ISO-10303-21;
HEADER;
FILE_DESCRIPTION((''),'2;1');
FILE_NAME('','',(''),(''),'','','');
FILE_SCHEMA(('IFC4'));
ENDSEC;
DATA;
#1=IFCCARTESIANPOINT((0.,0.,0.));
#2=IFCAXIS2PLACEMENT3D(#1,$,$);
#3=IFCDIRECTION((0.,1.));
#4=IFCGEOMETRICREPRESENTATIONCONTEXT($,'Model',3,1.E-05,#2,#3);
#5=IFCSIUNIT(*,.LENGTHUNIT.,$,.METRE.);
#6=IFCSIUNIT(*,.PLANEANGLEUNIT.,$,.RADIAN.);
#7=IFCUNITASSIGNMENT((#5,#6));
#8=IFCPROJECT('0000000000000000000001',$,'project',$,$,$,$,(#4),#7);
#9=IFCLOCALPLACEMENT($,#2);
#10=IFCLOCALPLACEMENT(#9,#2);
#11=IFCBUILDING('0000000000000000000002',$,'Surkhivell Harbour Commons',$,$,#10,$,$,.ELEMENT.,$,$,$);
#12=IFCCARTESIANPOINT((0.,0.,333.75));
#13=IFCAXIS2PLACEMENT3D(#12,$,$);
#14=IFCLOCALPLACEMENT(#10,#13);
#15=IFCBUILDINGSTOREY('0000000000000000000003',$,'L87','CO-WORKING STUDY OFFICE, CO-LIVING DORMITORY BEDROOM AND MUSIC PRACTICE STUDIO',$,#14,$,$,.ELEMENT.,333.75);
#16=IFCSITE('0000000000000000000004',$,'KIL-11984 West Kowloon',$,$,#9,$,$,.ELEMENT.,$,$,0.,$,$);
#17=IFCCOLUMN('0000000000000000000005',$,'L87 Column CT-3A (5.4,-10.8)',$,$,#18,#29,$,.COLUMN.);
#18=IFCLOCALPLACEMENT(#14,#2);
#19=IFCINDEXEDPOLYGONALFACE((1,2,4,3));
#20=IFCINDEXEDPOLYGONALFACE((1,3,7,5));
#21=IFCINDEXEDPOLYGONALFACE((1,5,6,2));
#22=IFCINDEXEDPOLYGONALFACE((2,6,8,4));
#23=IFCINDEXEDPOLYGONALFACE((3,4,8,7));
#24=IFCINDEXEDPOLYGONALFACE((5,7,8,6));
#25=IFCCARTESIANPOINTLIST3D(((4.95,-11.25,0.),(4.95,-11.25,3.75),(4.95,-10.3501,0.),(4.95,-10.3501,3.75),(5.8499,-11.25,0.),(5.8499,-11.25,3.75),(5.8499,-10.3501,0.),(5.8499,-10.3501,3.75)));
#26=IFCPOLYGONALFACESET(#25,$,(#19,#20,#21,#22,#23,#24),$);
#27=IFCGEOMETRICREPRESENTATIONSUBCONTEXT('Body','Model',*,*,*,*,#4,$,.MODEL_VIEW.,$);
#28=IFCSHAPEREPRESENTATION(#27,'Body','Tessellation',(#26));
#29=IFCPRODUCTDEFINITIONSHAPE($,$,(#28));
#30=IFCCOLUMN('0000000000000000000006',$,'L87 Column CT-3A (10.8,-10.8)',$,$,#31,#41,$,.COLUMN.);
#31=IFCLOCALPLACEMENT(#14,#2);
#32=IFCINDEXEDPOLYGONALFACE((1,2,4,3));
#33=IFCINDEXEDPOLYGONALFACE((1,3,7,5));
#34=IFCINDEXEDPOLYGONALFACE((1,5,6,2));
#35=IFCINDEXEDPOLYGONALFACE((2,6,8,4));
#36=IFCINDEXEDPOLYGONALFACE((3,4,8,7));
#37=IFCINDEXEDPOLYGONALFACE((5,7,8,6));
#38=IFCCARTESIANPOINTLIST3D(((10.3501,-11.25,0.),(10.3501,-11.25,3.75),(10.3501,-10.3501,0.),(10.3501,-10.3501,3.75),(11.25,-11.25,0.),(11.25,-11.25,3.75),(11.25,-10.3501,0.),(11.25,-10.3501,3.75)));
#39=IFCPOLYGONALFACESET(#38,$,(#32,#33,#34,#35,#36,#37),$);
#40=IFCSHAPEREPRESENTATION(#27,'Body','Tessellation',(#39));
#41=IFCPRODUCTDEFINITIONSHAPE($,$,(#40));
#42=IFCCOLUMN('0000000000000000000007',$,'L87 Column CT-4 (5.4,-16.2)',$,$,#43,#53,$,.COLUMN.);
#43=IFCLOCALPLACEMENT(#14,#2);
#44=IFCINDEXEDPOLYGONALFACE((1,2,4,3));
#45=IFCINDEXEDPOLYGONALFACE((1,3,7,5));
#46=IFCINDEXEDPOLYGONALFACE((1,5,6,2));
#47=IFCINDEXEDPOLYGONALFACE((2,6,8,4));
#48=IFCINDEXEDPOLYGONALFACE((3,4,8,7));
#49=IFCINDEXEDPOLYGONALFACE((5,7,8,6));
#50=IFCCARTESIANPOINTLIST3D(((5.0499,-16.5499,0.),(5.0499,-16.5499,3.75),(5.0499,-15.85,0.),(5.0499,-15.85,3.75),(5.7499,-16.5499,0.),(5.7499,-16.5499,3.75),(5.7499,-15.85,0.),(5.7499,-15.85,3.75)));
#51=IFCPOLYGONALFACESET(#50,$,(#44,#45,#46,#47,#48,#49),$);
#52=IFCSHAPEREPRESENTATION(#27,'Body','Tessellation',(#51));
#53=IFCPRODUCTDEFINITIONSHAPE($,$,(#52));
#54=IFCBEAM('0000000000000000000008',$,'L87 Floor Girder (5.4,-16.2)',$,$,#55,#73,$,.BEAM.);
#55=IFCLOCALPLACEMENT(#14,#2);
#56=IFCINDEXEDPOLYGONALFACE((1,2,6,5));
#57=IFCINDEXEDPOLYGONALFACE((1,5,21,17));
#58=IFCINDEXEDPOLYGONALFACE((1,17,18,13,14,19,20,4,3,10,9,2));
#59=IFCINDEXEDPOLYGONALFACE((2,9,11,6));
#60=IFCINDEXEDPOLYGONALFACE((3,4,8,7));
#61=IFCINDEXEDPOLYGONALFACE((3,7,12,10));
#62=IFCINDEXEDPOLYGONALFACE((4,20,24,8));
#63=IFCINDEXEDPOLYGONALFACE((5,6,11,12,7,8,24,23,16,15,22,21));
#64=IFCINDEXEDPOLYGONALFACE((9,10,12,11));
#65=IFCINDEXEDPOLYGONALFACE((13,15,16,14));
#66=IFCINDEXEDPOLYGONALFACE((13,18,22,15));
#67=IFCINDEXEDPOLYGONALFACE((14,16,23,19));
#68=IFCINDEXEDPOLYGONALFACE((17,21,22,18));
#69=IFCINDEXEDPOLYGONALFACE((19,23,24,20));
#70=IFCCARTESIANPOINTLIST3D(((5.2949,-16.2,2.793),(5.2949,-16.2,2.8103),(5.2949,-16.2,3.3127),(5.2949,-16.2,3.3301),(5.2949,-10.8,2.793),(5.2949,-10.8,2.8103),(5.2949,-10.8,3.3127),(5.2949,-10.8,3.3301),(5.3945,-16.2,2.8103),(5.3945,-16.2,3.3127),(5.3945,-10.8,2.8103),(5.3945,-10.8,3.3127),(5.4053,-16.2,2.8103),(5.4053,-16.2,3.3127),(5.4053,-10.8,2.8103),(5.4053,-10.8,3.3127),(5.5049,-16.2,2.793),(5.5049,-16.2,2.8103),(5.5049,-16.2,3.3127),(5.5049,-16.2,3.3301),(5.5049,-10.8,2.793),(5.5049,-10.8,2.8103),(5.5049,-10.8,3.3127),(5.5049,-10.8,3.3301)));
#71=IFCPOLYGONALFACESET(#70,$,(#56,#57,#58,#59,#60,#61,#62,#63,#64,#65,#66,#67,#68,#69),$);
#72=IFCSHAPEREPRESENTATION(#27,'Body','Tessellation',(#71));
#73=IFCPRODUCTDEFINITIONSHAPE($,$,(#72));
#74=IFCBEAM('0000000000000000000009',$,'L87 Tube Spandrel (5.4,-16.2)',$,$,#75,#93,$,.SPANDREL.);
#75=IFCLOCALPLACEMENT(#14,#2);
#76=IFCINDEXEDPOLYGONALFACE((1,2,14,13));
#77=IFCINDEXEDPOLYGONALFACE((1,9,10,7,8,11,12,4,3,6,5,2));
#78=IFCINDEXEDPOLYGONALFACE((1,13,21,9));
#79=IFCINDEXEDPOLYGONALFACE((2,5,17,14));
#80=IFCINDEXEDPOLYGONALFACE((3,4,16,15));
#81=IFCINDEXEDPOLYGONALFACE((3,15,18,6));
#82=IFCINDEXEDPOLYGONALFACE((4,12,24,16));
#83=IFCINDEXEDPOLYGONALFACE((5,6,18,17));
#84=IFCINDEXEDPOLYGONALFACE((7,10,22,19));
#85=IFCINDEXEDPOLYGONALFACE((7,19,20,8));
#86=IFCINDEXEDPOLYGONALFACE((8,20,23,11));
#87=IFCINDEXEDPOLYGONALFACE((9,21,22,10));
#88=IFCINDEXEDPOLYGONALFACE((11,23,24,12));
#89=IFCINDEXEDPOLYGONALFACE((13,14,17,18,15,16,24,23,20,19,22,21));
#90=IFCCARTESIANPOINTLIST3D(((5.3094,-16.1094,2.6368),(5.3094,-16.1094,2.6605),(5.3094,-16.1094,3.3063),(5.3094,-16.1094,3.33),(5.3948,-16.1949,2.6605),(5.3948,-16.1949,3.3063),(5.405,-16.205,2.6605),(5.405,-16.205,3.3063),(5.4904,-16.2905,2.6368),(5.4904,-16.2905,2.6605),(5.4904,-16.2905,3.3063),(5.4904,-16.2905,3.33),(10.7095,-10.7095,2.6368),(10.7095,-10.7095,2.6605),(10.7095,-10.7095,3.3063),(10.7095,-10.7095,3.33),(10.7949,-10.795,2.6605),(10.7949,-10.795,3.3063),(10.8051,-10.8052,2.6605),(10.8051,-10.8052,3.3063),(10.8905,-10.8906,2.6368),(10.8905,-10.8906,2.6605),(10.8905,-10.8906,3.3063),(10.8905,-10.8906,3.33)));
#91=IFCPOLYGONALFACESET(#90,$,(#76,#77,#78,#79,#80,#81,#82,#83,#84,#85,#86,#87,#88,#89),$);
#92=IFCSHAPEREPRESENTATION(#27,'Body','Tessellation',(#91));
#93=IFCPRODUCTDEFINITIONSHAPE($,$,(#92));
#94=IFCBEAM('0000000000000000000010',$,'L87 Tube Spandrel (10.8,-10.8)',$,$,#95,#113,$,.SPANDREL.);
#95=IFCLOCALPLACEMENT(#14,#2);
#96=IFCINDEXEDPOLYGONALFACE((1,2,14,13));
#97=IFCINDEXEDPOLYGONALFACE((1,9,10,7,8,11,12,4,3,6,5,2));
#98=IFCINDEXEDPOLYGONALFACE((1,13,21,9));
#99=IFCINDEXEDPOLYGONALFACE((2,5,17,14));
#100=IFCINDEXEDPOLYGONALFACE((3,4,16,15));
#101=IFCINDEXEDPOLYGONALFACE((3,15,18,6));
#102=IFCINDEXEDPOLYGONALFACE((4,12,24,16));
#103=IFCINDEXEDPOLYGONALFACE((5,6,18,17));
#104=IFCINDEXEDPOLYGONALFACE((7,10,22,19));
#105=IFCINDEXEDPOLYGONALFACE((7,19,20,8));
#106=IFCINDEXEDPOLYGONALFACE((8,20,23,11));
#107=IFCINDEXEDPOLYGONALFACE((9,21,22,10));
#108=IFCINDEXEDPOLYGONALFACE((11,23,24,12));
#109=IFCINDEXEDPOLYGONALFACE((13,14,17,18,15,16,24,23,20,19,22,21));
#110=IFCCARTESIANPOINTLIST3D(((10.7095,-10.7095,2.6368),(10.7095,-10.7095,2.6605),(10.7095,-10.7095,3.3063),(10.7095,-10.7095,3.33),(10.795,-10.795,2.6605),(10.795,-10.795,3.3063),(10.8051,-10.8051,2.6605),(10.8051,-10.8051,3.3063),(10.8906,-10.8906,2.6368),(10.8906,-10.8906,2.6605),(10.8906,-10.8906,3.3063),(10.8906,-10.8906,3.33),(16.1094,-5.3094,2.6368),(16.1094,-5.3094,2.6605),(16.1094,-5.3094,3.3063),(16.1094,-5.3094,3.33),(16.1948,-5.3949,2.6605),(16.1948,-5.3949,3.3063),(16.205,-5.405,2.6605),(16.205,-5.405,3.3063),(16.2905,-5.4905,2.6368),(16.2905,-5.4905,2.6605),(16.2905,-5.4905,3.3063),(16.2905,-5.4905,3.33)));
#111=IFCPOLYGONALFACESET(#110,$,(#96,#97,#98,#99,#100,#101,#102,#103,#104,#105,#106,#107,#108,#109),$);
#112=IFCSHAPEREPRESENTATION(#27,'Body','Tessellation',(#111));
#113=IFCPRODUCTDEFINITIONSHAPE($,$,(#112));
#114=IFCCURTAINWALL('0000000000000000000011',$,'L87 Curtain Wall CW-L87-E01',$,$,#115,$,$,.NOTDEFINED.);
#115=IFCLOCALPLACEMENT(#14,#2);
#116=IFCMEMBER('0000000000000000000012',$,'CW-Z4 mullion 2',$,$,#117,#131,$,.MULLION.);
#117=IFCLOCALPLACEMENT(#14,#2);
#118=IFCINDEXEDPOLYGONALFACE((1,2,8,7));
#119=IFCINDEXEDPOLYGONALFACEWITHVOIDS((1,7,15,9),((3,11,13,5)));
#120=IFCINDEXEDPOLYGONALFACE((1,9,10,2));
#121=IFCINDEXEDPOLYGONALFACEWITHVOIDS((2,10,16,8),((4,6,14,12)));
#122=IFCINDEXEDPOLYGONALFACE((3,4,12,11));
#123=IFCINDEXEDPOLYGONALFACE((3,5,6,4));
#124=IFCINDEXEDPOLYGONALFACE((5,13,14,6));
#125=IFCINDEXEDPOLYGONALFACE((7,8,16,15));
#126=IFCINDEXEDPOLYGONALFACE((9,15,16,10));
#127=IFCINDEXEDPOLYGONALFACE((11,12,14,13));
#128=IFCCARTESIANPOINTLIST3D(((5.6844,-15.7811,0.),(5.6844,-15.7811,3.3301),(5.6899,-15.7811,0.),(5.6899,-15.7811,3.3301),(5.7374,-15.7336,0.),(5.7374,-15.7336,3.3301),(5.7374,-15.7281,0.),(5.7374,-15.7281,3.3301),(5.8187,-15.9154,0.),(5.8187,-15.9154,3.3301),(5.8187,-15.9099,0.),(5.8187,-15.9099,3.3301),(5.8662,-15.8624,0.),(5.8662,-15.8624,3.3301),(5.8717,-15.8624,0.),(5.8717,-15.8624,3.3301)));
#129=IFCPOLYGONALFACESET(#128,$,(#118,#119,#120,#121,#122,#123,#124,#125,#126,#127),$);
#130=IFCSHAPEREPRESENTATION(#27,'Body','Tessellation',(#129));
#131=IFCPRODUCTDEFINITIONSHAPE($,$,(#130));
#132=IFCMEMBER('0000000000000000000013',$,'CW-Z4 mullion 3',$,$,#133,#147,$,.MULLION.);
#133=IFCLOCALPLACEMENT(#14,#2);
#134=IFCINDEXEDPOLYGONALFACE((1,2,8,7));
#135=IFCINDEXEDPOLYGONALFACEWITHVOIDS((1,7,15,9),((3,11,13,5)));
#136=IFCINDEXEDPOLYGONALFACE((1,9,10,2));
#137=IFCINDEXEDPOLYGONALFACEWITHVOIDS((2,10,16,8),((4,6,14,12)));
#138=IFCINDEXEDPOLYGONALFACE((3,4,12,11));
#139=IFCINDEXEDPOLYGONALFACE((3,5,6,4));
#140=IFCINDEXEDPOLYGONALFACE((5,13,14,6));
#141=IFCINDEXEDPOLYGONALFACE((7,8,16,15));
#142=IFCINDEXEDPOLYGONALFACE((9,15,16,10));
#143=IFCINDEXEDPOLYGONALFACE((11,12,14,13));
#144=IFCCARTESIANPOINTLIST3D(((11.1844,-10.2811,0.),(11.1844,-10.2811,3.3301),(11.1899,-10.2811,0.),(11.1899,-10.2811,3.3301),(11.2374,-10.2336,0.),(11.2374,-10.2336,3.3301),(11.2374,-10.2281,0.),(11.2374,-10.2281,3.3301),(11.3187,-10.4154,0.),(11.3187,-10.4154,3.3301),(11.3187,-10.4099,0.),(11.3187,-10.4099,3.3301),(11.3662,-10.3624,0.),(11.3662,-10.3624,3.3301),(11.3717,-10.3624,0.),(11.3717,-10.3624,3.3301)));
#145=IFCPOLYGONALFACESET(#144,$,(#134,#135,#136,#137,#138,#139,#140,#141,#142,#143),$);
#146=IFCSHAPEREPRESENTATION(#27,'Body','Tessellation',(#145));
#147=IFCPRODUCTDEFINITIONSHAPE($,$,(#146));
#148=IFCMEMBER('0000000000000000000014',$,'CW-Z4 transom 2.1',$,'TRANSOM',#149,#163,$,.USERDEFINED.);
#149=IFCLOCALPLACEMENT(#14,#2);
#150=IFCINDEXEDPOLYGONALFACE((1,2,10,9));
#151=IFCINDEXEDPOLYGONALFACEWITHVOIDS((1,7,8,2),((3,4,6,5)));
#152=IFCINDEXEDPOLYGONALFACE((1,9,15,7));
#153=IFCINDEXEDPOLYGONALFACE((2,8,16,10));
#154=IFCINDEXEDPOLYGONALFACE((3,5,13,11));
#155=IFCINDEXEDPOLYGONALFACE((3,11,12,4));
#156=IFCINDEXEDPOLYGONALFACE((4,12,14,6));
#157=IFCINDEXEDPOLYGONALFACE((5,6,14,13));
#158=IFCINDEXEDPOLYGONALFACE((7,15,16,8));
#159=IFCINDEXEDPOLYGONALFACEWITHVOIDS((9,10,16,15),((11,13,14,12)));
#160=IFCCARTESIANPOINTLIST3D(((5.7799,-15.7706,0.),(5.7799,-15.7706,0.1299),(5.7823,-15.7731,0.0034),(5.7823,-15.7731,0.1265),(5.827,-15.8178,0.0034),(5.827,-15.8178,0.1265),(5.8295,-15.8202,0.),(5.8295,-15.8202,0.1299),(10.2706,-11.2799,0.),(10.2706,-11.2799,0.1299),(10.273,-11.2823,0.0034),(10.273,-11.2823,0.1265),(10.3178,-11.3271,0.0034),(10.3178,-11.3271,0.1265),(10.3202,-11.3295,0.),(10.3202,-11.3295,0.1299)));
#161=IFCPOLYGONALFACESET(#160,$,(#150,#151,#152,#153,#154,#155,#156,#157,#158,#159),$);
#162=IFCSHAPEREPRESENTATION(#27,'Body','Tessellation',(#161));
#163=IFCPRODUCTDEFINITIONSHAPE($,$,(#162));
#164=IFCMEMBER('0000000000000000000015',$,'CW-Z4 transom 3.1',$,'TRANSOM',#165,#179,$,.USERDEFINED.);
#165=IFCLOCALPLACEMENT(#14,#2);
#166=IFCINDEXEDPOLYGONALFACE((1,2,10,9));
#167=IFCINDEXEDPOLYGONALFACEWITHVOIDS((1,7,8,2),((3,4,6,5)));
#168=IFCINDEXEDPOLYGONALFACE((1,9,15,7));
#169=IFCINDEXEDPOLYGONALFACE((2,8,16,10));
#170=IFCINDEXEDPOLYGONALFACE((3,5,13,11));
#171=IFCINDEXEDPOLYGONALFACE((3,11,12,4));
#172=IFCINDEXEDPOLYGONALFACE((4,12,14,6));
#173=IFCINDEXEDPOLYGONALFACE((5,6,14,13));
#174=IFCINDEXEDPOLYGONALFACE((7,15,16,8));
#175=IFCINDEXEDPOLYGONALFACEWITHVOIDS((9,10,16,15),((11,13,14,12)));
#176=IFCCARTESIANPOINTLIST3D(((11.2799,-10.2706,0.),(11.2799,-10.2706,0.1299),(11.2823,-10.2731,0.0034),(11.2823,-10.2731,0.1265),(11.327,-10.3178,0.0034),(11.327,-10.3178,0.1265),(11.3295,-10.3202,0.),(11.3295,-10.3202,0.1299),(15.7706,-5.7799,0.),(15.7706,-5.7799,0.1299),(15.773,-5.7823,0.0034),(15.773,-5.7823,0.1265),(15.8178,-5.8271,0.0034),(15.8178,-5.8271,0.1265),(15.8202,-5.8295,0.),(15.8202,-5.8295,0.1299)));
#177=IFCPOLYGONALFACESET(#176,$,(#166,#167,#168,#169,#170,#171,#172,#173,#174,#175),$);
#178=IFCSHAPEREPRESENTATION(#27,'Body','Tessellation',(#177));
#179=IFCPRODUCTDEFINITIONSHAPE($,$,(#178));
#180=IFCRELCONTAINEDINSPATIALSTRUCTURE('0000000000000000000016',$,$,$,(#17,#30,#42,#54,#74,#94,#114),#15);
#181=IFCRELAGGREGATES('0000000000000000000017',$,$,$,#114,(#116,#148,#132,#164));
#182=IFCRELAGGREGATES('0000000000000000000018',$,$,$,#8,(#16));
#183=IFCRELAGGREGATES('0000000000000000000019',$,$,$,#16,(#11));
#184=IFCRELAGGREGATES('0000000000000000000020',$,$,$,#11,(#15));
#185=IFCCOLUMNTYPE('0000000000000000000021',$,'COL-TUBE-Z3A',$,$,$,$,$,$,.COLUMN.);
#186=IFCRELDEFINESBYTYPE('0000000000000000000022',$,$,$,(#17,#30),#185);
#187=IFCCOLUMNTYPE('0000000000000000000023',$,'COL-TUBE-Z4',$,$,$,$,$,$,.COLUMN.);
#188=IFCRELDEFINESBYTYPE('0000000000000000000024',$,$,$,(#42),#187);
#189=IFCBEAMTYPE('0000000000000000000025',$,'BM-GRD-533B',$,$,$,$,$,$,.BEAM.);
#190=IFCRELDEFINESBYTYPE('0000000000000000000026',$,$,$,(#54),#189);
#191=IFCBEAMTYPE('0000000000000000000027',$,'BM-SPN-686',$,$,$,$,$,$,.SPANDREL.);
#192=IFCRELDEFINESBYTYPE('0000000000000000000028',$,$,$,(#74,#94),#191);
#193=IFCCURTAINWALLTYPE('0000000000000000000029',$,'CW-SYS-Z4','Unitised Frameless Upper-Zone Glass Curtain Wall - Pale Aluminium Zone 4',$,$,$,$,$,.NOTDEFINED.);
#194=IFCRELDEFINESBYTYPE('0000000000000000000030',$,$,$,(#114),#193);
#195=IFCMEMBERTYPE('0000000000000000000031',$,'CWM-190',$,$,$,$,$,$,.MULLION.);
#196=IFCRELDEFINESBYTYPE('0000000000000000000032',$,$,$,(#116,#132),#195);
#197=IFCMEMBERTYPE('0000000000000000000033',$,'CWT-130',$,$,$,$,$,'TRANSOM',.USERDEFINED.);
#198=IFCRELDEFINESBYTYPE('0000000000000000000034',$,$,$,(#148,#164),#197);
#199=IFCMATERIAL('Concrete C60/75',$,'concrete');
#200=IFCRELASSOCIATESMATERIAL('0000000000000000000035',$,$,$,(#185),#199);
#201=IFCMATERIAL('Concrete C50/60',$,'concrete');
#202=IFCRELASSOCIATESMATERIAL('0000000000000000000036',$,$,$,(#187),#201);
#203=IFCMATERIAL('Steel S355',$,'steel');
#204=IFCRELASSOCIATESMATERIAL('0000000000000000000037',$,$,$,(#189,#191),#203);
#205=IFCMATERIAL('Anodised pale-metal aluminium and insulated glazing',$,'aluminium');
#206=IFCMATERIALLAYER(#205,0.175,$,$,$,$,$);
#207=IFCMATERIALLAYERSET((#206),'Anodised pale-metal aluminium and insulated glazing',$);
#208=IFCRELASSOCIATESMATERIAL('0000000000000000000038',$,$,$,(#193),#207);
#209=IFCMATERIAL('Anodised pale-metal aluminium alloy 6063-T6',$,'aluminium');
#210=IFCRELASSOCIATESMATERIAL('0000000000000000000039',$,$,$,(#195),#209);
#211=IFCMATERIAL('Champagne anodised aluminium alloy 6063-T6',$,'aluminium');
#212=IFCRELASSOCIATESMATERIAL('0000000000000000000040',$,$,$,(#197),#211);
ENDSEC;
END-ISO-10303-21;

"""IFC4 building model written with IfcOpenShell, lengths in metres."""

from ifc_helpers import new_model, si_unit, direction, frame, origin, origin_2d, place, context, subcontext, project, spatial, rectangle, hollow_rectangle, i_section, extrude, material, layer, layer_set, material_profile, profile_set, type_object, element, aggregate, save


model = new_model("IFC4")

# Units and contexts
model_context = context("Model", 3, precision=1e-05, world=origin(), true_north=direction((0.0, 1.0)))
body_context = subcontext(model_context, "Body", "Model", "MODEL_VIEW")
ifc_project = project(units=[si_unit("LENGTHUNIT", "METRE"), si_unit("PLANEANGLEUNIT", "RADIAN")], contexts=[model_context])

# Site, building, storey
site_placement = place(None, origin())
site = spatial("IfcSite", under=ifc_project, at=site_placement, Name="KIL-11984 West Kowloon", CompositionType="ELEMENT", RefElevation=0.0)
building_placement = place(site_placement, origin())
building = spatial("IfcBuilding", under=site, at=building_placement, Name="Surkhivell Harbour Commons", CompositionType="ELEMENT")
storey_placement = place(building_placement, frame((0.0, 0.0, 333.75)))
storey = spatial("IfcBuildingStorey", under=building, at=storey_placement, Name="L87", Description="CO-WORKING STUDY OFFICE, CO-LIVING DORMITORY BEDROOM AND MUSIC PRACTICE STUDIO", CompositionType="ELEMENT", Elevation=333.75)

# Columns
ifc_material_1 = material(Name="Concrete C60/75", Category="concrete")
ifc_material_profile_1 = material_profile(ifc_material_1, rectangle(XDim=0.8999, YDim=0.8999, at=origin_2d()), Name="RC-COL-900x900")
ifc_profile_set_1 = profile_set([ifc_material_profile_1], Name="Concrete C60/75")
column_type_1 = type_object("IfcColumnType", Name="COL-TUBE-Z3A", PredefinedType="COLUMN", material=ifc_profile_set_1)
for number, where, z_axis, x_axis, name in (
    (1, (5.3999, -10.8, 0.0), (0.0, 0.0, 1.0), (1.0, 0.0, 0.0), "L87 Column CT-3A (5.4,-10.8)"),
    (2, (10.8, -10.8, 0.0), (0.0, 0.0, 1.0), (1.0, 0.0, 0.0), "L87 Column CT-3A (10.8,-10.8)"),
):
    element("IfcColumn", number, at=place(storey_placement, frame(where, z_axis=z_axis, x_axis=x_axis)), inside=storey, type_object=column_type_1, Name=name, PredefinedType="COLUMN", context=body_context, shape_type="SweptSolid", body=[
        extrude(rectangle(XDim=0.8999, YDim=0.8999, at=origin_2d()), origin(), (0.0, 0.0, 1.0), 3.75),
    ])
ifc_material_2 = material(Name="Concrete C50/60", Category="concrete")
ifc_material_profile_2 = material_profile(ifc_material_2, rectangle(XDim=0.7, YDim=0.7, at=origin_2d()), Name="RC-COL-700x700")
ifc_profile_set_2 = profile_set([ifc_material_profile_2], Name="Concrete C50/60")
column_type_2 = type_object("IfcColumnType", Name="COL-TUBE-Z4", PredefinedType="COLUMN", material=ifc_profile_set_2)
column_placement = place(storey_placement, frame((5.3999, -16.2, 0.0), z_axis=(0.0, 0.0, 1.0), x_axis=(1.0, 0.0, 0.0)))
element("IfcColumn", 3, at=column_placement, inside=storey, type_object=column_type_2, Name="L87 Column CT-4 (5.4,-16.2)", PredefinedType="COLUMN", context=body_context, shape_type="SweptSolid", body=[
    extrude(rectangle(XDim=0.7, YDim=0.7, at=origin_2d()), origin(), (0.0, 0.0, 1.0), 3.75),
])

# Beams
ifc_material_3 = material(Name="Steel S355", Category="steel")
ifc_material_profile_3 = material_profile(ifc_material_3, i_section(OverallWidth=0.21, OverallDepth=0.5371, WebThickness=0.0107, FlangeThickness=0.0173, at=origin_2d()), Name="UB533x210x101")
ifc_profile_set_3 = profile_set([ifc_material_profile_3], Name="Steel S355")
beam_type_1 = type_object("IfcBeamType", Name="BM-GRD-533B", PredefinedType="BEAM", material=ifc_profile_set_3)
beam_placement = place(storey_placement, frame((5.3999, -16.2, 3.0615), z_axis=(0.0, 1.0, 0.0), x_axis=(-1.0, 0.0, 0.0)))
element("IfcBeam", 4, at=beam_placement, inside=storey, type_object=beam_type_1, Name="L87 Floor Girder (5.4,-16.2)", PredefinedType="BEAM", context=body_context, shape_type="SweptSolid", body=[
    extrude(i_section(OverallWidth=0.21, OverallDepth=0.5371, WebThickness=0.0107, FlangeThickness=0.0173, at=origin_2d()), origin(), (0.0, 0.0, 1.0), 5.3999),
])
ifc_material_profile_4 = material_profile(ifc_material_3, i_section(OverallWidth=0.2561, OverallDepth=0.6931, WebThickness=0.0144, FlangeThickness=0.0237, at=origin_2d()), Name="UB686x254x170")
ifc_profile_set_4 = profile_set([ifc_material_profile_4], Name="Steel S355")
beam_type_2 = type_object("IfcBeamType", Name="BM-SPN-686", PredefinedType="SPANDREL", material=ifc_profile_set_4)
for number, where, z_axis, x_axis, name in (
    (5, (5.3999, -16.2, 2.9834), (0.707123, 0.707091, 0.0), (-0.707091, 0.707123, 0.0), "L87 Tube Spandrel (5.4,-16.2)"),
    (6, (10.8, -10.8, 2.9834), (0.707091, 0.707123, 0.0), (-0.707123, 0.707091, 0.0), "L87 Tube Spandrel (10.8,-10.8)"),
):
    element("IfcBeam", number, at=place(storey_placement, frame(where, z_axis=z_axis, x_axis=x_axis)), inside=storey, type_object=beam_type_2, Name=name, PredefinedType="SPANDREL", context=body_context, shape_type="SweptSolid", body=[
        extrude(i_section(OverallWidth=0.2561, OverallDepth=0.6931, WebThickness=0.0144, FlangeThickness=0.0237, at=origin_2d()), origin(), (0.0, 0.0, 1.0), 7.6367),
    ])

# Curtain wall, members
ifc_material_4 = material(Name="Anodised pale-metal aluminium and insulated glazing", Category="aluminium")
ifc_layer_1 = layer(ifc_material_4, 0.175)
ifc_layer_set_1 = layer_set([ifc_layer_1], Name="Anodised pale-metal aluminium and insulated glazing")
curtain_wall_type = type_object("IfcCurtainWallType", Name="CW-SYS-Z4", Description="Unitised Frameless Upper-Zone Glass Curtain Wall - Pale Aluminium Zone 4", PredefinedType="NOTDEFINED", material=ifc_layer_set_1)
curtain_wall_placement = place(storey_placement, origin())
curtain_wall = element("IfcCurtainWall", 7, at=curtain_wall_placement, inside=storey, type_object=curtain_wall_type, Name="L87 Curtain Wall CW-L87-E01", PredefinedType="NOTDEFINED")
ifc_material_5 = material(Name="Anodised pale-metal aluminium alloy 6063-T6", Category="aluminium")
ifc_material_profile_5 = material_profile(ifc_material_5, hollow_rectangle(XDim=0.075, YDim=0.1899, WallThickness=0.0039, at=origin_2d()), Name="ALU-MULL-75x190")
ifc_profile_set_5 = profile_set([ifc_material_profile_5], Name="Anodised pale-metal aluminium alloy 6063-T6")
member_type_1 = type_object("IfcMemberType", Name="CWM-190", PredefinedType="MULLION", material=ifc_profile_set_5)
member_1_placement = place(storey_placement, frame((5.7781, -15.8218, 0.0), z_axis=(0.0, 0.0, 1.0), x_axis=(0.707107, 0.707107, 0.0)))
member_1 = element("IfcMember", 8, at=member_1_placement, type_object=member_type_1, Name="CW-Z4 mullion 2", PredefinedType="MULLION", context=body_context, shape_type="SweptSolid", body=[
    extrude(hollow_rectangle(XDim=0.075, YDim=0.1899, WallThickness=0.0039, at=origin_2d()), origin(), (0.0, 0.0, 1.0), 3.3301),
])
member_2_placement = place(storey_placement, frame((11.2781, -10.3218, 0.0), z_axis=(0.0, 0.0, 1.0), x_axis=(0.707107, 0.707107, 0.0)))
member_2 = element("IfcMember", 9, at=member_2_placement, type_object=member_type_1, Name="CW-Z4 mullion 3", PredefinedType="MULLION", context=body_context, shape_type="SweptSolid", body=[
    extrude(hollow_rectangle(XDim=0.075, YDim=0.1899, WallThickness=0.0039, at=origin_2d()), origin(), (0.0, 0.0, 1.0), 3.3301),
])
ifc_material_6 = material(Name="Champagne anodised aluminium alloy 6063-T6", Category="aluminium")
ifc_material_profile_6 = material_profile(ifc_material_6, hollow_rectangle(XDim=0.0701, YDim=0.1299, WallThickness=0.0034, at=origin_2d()), Name="ALU-TRAN-70x130")
ifc_profile_set_6 = profile_set([ifc_material_profile_6], Name="Champagne anodised aluminium alloy 6063-T6")
member_type_2 = type_object("IfcMemberType", Name="CWT-130", ElementType="TRANSOM", PredefinedType="USERDEFINED", material=ifc_profile_set_6)
member_3_placement = place(storey_placement, frame((5.8047, -15.7954, 0.0649), z_axis=(0.707107, 0.707107, 0.0), x_axis=(-0.707107, 0.707107, 0.0)))
member_3 = element("IfcMember", 10, at=member_3_placement, type_object=member_type_2, Name="CW-Z4 transom 2.1", ObjectType="TRANSOM", PredefinedType="USERDEFINED", context=body_context, shape_type="SweptSolid", body=[
    extrude(hollow_rectangle(XDim=0.0701, YDim=0.1299, WallThickness=0.0034, at=origin_2d()), origin(), (0.0, 0.0, 1.0), 6.3508),
])
member_4_placement = place(storey_placement, frame((11.3047, -10.2954, 0.0649), z_axis=(0.707107, 0.707107, 0.0), x_axis=(-0.707107, 0.707107, 0.0)))
member_4 = element("IfcMember", 11, at=member_4_placement, type_object=member_type_2, Name="CW-Z4 transom 3.1", ObjectType="TRANSOM", PredefinedType="USERDEFINED", context=body_context, shape_type="SweptSolid", body=[
    extrude(hollow_rectangle(XDim=0.0701, YDim=0.1299, WallThickness=0.0034, at=origin_2d()), origin(), (0.0, 0.0, 1.0), 6.3508),
])
aggregate(curtain_wall, [member_1, member_3, member_2, member_4])

save(model, "model.ifc")
